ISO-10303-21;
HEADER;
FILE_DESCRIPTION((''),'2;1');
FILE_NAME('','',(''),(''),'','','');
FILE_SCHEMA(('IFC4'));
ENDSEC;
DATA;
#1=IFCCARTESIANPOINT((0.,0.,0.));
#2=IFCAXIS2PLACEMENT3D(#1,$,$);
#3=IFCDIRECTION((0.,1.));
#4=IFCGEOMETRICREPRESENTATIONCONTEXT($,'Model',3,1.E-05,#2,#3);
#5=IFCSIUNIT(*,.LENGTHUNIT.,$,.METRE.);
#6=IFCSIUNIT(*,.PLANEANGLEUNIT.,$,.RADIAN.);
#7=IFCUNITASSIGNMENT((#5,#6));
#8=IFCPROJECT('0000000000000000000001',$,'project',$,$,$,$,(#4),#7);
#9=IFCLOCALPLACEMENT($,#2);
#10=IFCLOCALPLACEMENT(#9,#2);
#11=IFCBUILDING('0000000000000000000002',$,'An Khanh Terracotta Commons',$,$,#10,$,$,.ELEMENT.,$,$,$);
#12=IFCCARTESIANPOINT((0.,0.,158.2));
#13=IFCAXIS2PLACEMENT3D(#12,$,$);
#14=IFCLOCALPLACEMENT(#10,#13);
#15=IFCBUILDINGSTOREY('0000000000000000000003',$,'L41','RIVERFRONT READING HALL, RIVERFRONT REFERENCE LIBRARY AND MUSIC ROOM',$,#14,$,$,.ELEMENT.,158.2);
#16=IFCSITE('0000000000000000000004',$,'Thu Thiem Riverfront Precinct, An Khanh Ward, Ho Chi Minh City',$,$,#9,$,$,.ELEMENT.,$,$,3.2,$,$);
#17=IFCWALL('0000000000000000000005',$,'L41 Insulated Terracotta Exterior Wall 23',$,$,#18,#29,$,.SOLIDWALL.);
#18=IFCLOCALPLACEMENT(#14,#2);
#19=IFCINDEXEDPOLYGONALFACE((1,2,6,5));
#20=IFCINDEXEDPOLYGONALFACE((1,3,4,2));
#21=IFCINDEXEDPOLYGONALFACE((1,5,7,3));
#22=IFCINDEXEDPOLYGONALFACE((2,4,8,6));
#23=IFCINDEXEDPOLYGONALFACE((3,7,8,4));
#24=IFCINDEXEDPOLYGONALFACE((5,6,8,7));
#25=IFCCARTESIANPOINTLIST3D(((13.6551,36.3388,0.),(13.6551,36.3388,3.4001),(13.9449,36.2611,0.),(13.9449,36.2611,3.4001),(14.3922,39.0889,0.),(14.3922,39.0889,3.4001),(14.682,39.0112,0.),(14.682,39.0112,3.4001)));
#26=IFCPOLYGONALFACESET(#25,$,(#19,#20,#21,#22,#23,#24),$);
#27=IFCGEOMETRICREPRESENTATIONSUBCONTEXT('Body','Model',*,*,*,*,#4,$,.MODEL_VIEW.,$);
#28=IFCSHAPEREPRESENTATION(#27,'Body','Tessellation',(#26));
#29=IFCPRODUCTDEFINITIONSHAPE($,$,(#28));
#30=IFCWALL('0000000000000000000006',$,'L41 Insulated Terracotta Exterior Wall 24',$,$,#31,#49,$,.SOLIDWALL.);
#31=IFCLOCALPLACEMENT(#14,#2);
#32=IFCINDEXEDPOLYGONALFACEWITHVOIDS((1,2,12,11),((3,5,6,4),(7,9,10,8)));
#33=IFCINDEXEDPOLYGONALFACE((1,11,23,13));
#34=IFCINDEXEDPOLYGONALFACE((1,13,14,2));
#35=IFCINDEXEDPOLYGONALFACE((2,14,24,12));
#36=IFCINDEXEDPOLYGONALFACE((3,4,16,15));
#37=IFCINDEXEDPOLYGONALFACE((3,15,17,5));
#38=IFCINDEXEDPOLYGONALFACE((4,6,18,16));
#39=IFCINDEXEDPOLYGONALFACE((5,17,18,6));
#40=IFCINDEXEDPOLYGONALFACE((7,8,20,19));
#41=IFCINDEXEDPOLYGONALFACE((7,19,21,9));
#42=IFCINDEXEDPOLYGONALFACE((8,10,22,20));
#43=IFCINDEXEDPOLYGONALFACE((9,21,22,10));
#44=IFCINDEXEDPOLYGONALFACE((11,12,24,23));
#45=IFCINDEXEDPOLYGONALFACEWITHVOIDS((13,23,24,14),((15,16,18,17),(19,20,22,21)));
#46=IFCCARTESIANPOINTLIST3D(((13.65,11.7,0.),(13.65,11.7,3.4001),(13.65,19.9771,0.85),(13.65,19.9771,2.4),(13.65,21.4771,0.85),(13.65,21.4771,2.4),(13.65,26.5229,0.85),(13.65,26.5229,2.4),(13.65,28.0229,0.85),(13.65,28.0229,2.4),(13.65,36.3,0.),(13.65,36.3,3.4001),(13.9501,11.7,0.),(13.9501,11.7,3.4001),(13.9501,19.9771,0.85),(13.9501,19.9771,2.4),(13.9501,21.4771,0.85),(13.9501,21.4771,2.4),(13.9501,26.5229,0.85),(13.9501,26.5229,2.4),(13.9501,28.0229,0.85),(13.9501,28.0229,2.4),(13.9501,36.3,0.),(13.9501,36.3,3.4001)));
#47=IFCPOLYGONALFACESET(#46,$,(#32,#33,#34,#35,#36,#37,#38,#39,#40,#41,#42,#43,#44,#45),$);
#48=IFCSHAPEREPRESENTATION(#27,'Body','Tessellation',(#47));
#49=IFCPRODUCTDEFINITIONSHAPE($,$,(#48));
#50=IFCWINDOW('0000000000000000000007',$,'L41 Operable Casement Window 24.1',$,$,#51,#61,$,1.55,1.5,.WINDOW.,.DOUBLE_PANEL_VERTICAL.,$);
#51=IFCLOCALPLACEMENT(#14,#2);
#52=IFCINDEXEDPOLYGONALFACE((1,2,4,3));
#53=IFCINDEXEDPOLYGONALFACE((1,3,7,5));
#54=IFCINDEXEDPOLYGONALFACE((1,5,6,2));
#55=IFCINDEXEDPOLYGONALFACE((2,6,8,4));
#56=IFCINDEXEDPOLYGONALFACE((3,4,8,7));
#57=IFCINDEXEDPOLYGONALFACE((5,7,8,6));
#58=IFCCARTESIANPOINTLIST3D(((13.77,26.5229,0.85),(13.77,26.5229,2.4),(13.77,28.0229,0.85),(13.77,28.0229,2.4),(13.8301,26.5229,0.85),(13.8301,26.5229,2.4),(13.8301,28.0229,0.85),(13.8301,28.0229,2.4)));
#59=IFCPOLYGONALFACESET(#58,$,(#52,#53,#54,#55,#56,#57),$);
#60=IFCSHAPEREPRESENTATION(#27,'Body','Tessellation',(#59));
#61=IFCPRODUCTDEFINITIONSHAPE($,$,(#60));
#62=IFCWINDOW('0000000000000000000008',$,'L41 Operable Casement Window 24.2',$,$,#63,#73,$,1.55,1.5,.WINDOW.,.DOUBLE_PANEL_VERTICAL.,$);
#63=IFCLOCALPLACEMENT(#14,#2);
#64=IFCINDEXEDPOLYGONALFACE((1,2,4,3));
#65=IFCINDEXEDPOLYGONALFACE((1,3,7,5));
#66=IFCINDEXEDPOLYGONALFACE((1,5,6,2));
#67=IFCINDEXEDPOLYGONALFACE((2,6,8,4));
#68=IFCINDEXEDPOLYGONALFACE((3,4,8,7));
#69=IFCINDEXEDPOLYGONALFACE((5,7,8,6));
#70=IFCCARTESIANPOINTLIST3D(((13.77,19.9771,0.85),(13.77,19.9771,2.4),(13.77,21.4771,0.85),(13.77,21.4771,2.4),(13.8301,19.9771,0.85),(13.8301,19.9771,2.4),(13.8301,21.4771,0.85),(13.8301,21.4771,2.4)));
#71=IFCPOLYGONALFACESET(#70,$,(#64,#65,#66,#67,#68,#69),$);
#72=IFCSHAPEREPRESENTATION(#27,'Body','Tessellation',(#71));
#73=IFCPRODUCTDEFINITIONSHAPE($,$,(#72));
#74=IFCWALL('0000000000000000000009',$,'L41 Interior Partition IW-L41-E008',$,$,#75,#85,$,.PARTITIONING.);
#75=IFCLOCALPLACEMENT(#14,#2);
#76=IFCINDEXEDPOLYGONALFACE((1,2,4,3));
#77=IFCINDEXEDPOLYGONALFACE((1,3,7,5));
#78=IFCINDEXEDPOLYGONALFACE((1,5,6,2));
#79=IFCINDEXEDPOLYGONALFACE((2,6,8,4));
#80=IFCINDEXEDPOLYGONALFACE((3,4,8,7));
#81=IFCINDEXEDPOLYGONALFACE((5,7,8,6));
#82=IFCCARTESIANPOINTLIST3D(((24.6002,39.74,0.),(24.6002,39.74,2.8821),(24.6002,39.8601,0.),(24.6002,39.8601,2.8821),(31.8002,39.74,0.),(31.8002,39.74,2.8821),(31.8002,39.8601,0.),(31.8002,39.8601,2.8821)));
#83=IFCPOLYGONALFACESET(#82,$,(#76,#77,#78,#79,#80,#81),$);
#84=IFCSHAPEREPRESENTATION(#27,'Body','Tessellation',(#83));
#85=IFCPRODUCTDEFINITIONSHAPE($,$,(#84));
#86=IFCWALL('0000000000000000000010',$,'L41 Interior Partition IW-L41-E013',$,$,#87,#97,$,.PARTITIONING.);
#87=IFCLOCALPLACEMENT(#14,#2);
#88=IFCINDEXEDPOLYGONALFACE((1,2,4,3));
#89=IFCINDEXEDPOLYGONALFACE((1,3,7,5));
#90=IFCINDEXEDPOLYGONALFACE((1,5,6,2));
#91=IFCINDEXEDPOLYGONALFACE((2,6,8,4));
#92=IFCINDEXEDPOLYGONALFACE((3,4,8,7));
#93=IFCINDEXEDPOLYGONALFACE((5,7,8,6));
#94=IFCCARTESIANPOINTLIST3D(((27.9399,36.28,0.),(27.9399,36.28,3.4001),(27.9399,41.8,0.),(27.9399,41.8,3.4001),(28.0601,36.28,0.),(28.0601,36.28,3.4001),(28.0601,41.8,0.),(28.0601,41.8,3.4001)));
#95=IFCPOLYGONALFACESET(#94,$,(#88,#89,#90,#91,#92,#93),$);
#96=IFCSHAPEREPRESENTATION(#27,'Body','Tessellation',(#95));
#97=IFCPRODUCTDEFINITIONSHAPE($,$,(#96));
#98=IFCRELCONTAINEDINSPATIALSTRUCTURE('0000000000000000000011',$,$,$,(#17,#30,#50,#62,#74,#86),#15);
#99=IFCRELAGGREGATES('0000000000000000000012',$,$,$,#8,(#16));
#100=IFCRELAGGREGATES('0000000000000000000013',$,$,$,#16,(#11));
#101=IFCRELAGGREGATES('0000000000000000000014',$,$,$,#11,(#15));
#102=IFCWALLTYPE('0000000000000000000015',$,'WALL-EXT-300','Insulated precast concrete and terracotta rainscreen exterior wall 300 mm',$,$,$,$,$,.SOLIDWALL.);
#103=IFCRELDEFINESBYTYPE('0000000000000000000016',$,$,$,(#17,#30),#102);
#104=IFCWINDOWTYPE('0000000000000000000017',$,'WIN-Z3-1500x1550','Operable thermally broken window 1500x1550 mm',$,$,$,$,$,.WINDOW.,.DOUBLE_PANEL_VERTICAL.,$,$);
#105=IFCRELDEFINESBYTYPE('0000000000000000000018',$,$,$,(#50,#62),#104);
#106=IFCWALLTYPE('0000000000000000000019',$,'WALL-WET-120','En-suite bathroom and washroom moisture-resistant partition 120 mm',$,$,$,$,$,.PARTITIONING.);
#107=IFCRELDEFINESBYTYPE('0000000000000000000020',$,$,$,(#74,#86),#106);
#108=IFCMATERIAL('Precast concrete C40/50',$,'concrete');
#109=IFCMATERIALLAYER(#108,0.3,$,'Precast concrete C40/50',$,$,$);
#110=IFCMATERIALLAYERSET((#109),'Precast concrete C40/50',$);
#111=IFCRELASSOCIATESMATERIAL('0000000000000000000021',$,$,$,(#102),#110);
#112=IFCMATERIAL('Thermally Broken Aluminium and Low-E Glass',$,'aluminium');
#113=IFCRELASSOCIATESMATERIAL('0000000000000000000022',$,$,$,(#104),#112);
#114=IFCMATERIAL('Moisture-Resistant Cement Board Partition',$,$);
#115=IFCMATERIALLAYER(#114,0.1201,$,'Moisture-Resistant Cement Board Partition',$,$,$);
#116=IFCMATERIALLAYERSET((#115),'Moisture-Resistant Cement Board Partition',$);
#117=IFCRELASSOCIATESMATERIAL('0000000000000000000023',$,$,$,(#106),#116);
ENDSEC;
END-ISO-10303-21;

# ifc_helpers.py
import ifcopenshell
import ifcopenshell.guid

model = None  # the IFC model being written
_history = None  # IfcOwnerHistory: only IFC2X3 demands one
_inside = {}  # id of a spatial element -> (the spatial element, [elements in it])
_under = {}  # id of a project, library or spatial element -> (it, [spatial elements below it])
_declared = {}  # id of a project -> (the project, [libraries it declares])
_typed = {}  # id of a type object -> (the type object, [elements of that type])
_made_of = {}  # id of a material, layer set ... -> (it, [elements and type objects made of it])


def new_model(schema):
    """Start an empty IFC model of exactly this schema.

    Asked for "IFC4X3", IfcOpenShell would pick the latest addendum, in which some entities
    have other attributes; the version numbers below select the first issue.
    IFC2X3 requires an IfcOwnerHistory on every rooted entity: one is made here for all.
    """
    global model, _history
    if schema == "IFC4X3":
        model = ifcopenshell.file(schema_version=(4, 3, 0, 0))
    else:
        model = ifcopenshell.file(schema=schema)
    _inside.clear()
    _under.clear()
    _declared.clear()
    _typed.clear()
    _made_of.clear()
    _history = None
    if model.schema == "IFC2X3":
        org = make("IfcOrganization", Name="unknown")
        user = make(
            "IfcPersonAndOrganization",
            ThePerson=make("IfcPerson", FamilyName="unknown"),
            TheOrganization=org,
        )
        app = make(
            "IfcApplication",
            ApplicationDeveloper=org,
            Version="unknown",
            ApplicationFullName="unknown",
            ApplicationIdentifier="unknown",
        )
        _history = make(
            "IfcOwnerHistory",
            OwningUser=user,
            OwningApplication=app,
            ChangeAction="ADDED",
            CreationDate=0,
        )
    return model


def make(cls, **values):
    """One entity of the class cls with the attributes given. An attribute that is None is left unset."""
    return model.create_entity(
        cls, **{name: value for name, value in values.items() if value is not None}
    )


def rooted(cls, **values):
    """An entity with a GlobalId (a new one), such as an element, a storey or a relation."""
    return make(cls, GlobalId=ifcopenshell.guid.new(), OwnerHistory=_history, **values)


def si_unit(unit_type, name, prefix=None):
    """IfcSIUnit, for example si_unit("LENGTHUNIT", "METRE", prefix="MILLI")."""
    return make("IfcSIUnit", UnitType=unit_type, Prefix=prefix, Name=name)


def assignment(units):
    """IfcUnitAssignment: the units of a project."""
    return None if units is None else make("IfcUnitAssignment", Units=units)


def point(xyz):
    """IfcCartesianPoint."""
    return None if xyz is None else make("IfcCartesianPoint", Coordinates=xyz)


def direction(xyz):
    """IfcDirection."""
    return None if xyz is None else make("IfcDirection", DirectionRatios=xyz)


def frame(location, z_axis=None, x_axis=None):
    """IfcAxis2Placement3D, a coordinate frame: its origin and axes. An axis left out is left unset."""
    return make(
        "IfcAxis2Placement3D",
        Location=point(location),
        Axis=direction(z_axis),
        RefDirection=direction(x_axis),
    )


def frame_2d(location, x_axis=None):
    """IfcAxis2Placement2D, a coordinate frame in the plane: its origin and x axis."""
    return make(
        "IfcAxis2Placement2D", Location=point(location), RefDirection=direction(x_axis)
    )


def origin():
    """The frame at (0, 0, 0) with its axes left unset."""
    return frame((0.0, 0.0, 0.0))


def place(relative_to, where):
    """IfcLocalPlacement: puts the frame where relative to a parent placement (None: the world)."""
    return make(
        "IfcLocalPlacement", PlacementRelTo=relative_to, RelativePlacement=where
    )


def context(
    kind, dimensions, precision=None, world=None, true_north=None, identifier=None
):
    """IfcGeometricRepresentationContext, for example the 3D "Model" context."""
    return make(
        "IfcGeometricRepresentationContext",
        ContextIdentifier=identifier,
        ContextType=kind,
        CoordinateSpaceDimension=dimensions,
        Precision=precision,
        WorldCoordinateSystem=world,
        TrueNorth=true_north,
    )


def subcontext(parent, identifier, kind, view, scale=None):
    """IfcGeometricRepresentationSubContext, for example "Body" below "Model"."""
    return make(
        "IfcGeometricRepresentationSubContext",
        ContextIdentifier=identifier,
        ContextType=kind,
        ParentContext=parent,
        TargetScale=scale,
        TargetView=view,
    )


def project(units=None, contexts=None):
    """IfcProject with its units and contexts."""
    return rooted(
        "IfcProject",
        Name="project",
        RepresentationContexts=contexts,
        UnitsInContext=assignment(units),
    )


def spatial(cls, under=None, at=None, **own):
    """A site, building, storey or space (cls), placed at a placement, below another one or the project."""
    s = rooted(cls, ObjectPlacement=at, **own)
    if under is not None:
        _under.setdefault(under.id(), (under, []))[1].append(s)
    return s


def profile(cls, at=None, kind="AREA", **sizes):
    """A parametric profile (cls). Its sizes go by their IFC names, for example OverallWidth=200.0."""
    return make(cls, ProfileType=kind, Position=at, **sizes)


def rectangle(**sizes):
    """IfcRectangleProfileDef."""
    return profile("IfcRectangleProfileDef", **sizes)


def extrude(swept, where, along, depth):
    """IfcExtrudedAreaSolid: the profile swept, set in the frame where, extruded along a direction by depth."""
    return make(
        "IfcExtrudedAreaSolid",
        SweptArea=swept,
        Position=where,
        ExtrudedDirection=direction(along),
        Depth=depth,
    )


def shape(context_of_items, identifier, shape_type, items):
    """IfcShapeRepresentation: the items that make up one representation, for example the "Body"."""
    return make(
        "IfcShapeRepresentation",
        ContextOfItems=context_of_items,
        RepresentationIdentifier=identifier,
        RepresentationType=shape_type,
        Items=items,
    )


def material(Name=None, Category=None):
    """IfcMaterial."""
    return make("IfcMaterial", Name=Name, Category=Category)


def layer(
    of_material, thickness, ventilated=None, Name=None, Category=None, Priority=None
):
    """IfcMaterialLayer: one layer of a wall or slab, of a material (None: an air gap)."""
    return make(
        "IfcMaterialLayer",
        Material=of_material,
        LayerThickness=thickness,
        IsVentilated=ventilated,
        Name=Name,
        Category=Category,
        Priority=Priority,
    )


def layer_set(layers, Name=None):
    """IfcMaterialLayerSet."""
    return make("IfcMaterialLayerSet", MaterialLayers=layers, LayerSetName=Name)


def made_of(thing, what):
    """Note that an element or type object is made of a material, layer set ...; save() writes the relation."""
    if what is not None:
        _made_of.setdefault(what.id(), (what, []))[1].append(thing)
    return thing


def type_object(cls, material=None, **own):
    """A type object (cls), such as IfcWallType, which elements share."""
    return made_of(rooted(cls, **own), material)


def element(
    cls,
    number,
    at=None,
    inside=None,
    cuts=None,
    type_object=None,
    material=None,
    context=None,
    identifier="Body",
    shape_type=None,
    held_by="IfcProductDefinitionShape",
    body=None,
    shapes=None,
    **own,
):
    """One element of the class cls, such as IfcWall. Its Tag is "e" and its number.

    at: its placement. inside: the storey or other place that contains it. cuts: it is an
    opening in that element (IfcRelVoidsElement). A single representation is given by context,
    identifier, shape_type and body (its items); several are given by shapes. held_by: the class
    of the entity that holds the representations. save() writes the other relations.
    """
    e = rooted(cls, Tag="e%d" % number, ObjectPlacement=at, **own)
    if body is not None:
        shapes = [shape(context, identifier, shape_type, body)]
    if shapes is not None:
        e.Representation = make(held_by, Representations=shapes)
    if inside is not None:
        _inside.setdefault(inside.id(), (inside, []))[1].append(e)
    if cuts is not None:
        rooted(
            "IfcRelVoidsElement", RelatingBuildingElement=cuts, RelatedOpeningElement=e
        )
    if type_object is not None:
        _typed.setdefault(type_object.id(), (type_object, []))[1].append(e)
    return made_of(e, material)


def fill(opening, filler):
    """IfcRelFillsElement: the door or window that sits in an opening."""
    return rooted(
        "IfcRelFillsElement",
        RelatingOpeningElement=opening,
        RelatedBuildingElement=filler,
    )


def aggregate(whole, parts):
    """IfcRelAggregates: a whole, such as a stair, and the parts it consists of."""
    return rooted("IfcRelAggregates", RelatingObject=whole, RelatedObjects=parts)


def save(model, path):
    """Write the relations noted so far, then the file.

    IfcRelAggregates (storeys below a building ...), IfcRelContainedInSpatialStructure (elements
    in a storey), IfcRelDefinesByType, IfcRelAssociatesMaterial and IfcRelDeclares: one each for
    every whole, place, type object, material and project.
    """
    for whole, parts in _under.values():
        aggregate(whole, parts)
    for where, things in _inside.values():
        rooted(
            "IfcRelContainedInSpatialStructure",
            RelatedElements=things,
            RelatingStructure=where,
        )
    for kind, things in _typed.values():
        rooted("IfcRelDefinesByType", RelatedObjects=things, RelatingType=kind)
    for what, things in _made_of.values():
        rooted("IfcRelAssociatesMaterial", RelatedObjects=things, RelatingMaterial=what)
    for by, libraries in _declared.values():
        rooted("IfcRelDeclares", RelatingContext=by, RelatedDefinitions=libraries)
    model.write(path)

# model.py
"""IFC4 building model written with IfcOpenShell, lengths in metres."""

from ifc_helpers import new_model, si_unit, direction, frame, frame_2d, origin, place, context, subcontext, project, spatial, rectangle, extrude, material, layer, layer_set, type_object, element, fill, save


model = new_model("IFC4")

# Units and contexts
model_context = context("Model", 3, precision=1e-05, world=origin(), true_north=direction((0.0, 1.0)))
body_context = subcontext(model_context, "Body", "Model", "MODEL_VIEW")
ifc_project = project(units=[si_unit("LENGTHUNIT", "METRE"), si_unit("PLANEANGLEUNIT", "RADIAN")], contexts=[model_context])

# Site, building, storey
site_placement = place(None, origin())
site = spatial("IfcSite", under=ifc_project, at=site_placement, Name="Thu Thiem Riverfront Precinct, An Khanh Ward, Ho Chi Minh City", CompositionType="ELEMENT", RefElevation=3.2)
building_placement = place(site_placement, origin())
building = spatial("IfcBuilding", under=site, at=building_placement, Name="An Khanh Terracotta Commons", CompositionType="ELEMENT")
storey_placement = place(building_placement, frame((0.0, 0.0, 158.2)))
storey = spatial("IfcBuildingStorey", under=building, at=storey_placement, Name="L41", Description="RIVERFRONT READING HALL, RIVERFRONT REFERENCE LIBRARY AND MUSIC ROOM", CompositionType="ELEMENT", Elevation=158.2)

# Wall
ifc_material_1 = material(Name="Precast concrete C40/50", Category="concrete")
ifc_layer_1 = layer(ifc_material_1, 0.3, Name="Precast concrete C40/50")
ifc_layer_set_1 = layer_set([ifc_layer_1], Name="Precast concrete C40/50")
wall_type_1 = type_object("IfcWallType", Name="WALL-EXT-300", Description="Insulated precast concrete and terracotta rainscreen exterior wall 300 mm", PredefinedType="SOLIDWALL", material=ifc_layer_set_1)
wall_1_placement = place(storey_placement, frame((14.5371, 39.05, 0.0), z_axis=(0.0, 0.0, 1.0), x_axis=(-0.258885, -0.965908, 0.0)))
element("IfcWall", 1, at=wall_1_placement, inside=storey, type_object=wall_type_1, Name="L41 Insulated Terracotta Exterior Wall 23", PredefinedType="SOLIDWALL", context=body_context, shape_type="SweptSolid", body=[
    extrude(rectangle(XDim=2.8472, YDim=0.3, at=frame_2d((1.4236, 0.0))), origin(), (0.0, 0.0, 1.0), 3.4001),
])

# Wall, openings, windows
wall_2_placement = place(storey_placement, frame((13.8, 36.3, 0.0), z_axis=(0.0, 0.0, 1.0), x_axis=(0.0, -1.0, 0.0)))
wall_2 = element("IfcWall", 2, at=wall_2_placement, inside=storey, type_object=wall_type_1, Name="L41 Insulated Terracotta Exterior Wall 24", PredefinedType="SOLIDWALL", context=body_context, shape_type="SweptSolid", body=[
    extrude(rectangle(XDim=24.6001, YDim=0.3, at=frame_2d((12.3, 0.0))), origin(), (0.0, 0.0, 1.0), 3.4001),
])
opening_1_placement = place(wall_2_placement, frame((8.2771, 0.0, 0.8501)))
opening_1 = element("IfcOpeningElement", 3, at=opening_1_placement, cuts=wall_2, PredefinedType="OPENING", context=body_context, shape_type="SweptSolid", body=[
    extrude(rectangle(XDim=1.5, YDim=1.55, at=frame_2d((0.75, 0.7749))), frame((0.0, 0.1599, 0.0), z_axis=(0.0, -1.0, 0.0), x_axis=(1.0, 0.0, 0.0)), (0.0, 0.0, 1.0), 0.3201),
])
opening_2_placement = place(wall_2_placement, frame((14.823, 0.0, 0.8501)))
opening_2 = element("IfcOpeningElement", 4, at=opening_2_placement, cuts=wall_2, PredefinedType="OPENING", context=body_context, shape_type="SweptSolid", body=[
    extrude(rectangle(XDim=1.5, YDim=1.55, at=frame_2d((0.75, 0.7749))), frame((0.0, 0.1599, 0.0), z_axis=(0.0, -1.0, 0.0), x_axis=(1.0, 0.0, 0.0)), (0.0, 0.0, 1.0), 0.3201),
])
ifc_material_2 = material(Name="Thermally Broken Aluminium and Low-E Glass", Category="aluminium")
window_type = type_object("IfcWindowType", Name="WIN-Z3-1500x1550", Description="Operable thermally broken window 1500x1550 mm", PartitioningType="DOUBLE_PANEL_VERTICAL", PredefinedType="WINDOW", material=ifc_material_2)
window_1_placement = place(opening_1_placement, origin())
window_1 = element("IfcWindow", 5, at=window_1_placement, inside=storey, type_object=window_type, Name="L41 Operable Casement Window 24.1", OverallHeight=1.55, OverallWidth=1.5, PartitioningType="DOUBLE_PANEL_VERTICAL", PredefinedType="WINDOW", context=body_context, shape_type="SweptSolid", body=[
    extrude(rectangle(XDim=1.5, YDim=1.55, at=frame_2d((0.75, 0.7749))), frame((0.0, 0.03, 0.0), z_axis=(0.0, -1.0, 0.0), x_axis=(1.0, 0.0, 0.0)), (0.0, 0.0, 1.0), 0.0601),
])
fill(opening_1, window_1)
window_2_placement = place(opening_2_placement, origin())
window_2 = element("IfcWindow", 6, at=window_2_placement, inside=storey, type_object=window_type, Name="L41 Operable Casement Window 24.2", OverallHeight=1.55, OverallWidth=1.5, PartitioningType="DOUBLE_PANEL_VERTICAL", PredefinedType="WINDOW", context=body_context, shape_type="SweptSolid", body=[
    extrude(rectangle(XDim=1.5, YDim=1.55, at=frame_2d((0.75, 0.7749))), frame((0.0, 0.03, 0.0), z_axis=(0.0, -1.0, 0.0), x_axis=(1.0, 0.0, 0.0)), (0.0, 0.0, 1.0), 0.0601),
])
fill(opening_2, window_2)

# Walls
ifc_material_3 = material(Name="Moisture-Resistant Cement Board Partition")
ifc_layer_2 = layer(ifc_material_3, 0.1201, Name="Moisture-Resistant Cement Board Partition")
ifc_layer_set_2 = layer_set([ifc_layer_2], Name="Moisture-Resistant Cement Board Partition")
wall_type_2 = type_object("IfcWallType", Name="WALL-WET-120", Description="En-suite bathroom and washroom moisture-resistant partition 120 mm", PredefinedType="PARTITIONING", material=ifc_layer_set_2)
wall_3_placement = place(storey_placement, frame((24.6001, 39.8, 0.0), z_axis=(0.0, 0.0, 1.0), x_axis=(1.0, 0.0, 0.0)))
element("IfcWall", 7, at=wall_3_placement, inside=storey, type_object=wall_type_2, Name="L41 Interior Partition IW-L41-E008", PredefinedType="PARTITIONING", context=body_context, shape_type="SweptSolid", body=[
    extrude(rectangle(XDim=7.2, YDim=0.1201, at=frame_2d((3.6001, 0.0))), origin(), (0.0, 0.0, 1.0), 2.8821),
])
wall_4_placement = place(storey_placement, frame((28.0, 36.28, 0.0), z_axis=(0.0, 0.0, 1.0), x_axis=(0.0, 1.0, 0.0)))
element("IfcWall", 8, at=wall_4_placement, inside=storey, type_object=wall_type_2, Name="L41 Interior Partition IW-L41-E013", PredefinedType="PARTITIONING", context=body_context, shape_type="SweptSolid", body=[
    extrude(rectangle(XDim=5.52, YDim=0.1201, at=frame_2d((2.76, 0.0))), origin(), (0.0, 0.0, 1.0), 3.4001),
])

save(model, "model.ifc")
